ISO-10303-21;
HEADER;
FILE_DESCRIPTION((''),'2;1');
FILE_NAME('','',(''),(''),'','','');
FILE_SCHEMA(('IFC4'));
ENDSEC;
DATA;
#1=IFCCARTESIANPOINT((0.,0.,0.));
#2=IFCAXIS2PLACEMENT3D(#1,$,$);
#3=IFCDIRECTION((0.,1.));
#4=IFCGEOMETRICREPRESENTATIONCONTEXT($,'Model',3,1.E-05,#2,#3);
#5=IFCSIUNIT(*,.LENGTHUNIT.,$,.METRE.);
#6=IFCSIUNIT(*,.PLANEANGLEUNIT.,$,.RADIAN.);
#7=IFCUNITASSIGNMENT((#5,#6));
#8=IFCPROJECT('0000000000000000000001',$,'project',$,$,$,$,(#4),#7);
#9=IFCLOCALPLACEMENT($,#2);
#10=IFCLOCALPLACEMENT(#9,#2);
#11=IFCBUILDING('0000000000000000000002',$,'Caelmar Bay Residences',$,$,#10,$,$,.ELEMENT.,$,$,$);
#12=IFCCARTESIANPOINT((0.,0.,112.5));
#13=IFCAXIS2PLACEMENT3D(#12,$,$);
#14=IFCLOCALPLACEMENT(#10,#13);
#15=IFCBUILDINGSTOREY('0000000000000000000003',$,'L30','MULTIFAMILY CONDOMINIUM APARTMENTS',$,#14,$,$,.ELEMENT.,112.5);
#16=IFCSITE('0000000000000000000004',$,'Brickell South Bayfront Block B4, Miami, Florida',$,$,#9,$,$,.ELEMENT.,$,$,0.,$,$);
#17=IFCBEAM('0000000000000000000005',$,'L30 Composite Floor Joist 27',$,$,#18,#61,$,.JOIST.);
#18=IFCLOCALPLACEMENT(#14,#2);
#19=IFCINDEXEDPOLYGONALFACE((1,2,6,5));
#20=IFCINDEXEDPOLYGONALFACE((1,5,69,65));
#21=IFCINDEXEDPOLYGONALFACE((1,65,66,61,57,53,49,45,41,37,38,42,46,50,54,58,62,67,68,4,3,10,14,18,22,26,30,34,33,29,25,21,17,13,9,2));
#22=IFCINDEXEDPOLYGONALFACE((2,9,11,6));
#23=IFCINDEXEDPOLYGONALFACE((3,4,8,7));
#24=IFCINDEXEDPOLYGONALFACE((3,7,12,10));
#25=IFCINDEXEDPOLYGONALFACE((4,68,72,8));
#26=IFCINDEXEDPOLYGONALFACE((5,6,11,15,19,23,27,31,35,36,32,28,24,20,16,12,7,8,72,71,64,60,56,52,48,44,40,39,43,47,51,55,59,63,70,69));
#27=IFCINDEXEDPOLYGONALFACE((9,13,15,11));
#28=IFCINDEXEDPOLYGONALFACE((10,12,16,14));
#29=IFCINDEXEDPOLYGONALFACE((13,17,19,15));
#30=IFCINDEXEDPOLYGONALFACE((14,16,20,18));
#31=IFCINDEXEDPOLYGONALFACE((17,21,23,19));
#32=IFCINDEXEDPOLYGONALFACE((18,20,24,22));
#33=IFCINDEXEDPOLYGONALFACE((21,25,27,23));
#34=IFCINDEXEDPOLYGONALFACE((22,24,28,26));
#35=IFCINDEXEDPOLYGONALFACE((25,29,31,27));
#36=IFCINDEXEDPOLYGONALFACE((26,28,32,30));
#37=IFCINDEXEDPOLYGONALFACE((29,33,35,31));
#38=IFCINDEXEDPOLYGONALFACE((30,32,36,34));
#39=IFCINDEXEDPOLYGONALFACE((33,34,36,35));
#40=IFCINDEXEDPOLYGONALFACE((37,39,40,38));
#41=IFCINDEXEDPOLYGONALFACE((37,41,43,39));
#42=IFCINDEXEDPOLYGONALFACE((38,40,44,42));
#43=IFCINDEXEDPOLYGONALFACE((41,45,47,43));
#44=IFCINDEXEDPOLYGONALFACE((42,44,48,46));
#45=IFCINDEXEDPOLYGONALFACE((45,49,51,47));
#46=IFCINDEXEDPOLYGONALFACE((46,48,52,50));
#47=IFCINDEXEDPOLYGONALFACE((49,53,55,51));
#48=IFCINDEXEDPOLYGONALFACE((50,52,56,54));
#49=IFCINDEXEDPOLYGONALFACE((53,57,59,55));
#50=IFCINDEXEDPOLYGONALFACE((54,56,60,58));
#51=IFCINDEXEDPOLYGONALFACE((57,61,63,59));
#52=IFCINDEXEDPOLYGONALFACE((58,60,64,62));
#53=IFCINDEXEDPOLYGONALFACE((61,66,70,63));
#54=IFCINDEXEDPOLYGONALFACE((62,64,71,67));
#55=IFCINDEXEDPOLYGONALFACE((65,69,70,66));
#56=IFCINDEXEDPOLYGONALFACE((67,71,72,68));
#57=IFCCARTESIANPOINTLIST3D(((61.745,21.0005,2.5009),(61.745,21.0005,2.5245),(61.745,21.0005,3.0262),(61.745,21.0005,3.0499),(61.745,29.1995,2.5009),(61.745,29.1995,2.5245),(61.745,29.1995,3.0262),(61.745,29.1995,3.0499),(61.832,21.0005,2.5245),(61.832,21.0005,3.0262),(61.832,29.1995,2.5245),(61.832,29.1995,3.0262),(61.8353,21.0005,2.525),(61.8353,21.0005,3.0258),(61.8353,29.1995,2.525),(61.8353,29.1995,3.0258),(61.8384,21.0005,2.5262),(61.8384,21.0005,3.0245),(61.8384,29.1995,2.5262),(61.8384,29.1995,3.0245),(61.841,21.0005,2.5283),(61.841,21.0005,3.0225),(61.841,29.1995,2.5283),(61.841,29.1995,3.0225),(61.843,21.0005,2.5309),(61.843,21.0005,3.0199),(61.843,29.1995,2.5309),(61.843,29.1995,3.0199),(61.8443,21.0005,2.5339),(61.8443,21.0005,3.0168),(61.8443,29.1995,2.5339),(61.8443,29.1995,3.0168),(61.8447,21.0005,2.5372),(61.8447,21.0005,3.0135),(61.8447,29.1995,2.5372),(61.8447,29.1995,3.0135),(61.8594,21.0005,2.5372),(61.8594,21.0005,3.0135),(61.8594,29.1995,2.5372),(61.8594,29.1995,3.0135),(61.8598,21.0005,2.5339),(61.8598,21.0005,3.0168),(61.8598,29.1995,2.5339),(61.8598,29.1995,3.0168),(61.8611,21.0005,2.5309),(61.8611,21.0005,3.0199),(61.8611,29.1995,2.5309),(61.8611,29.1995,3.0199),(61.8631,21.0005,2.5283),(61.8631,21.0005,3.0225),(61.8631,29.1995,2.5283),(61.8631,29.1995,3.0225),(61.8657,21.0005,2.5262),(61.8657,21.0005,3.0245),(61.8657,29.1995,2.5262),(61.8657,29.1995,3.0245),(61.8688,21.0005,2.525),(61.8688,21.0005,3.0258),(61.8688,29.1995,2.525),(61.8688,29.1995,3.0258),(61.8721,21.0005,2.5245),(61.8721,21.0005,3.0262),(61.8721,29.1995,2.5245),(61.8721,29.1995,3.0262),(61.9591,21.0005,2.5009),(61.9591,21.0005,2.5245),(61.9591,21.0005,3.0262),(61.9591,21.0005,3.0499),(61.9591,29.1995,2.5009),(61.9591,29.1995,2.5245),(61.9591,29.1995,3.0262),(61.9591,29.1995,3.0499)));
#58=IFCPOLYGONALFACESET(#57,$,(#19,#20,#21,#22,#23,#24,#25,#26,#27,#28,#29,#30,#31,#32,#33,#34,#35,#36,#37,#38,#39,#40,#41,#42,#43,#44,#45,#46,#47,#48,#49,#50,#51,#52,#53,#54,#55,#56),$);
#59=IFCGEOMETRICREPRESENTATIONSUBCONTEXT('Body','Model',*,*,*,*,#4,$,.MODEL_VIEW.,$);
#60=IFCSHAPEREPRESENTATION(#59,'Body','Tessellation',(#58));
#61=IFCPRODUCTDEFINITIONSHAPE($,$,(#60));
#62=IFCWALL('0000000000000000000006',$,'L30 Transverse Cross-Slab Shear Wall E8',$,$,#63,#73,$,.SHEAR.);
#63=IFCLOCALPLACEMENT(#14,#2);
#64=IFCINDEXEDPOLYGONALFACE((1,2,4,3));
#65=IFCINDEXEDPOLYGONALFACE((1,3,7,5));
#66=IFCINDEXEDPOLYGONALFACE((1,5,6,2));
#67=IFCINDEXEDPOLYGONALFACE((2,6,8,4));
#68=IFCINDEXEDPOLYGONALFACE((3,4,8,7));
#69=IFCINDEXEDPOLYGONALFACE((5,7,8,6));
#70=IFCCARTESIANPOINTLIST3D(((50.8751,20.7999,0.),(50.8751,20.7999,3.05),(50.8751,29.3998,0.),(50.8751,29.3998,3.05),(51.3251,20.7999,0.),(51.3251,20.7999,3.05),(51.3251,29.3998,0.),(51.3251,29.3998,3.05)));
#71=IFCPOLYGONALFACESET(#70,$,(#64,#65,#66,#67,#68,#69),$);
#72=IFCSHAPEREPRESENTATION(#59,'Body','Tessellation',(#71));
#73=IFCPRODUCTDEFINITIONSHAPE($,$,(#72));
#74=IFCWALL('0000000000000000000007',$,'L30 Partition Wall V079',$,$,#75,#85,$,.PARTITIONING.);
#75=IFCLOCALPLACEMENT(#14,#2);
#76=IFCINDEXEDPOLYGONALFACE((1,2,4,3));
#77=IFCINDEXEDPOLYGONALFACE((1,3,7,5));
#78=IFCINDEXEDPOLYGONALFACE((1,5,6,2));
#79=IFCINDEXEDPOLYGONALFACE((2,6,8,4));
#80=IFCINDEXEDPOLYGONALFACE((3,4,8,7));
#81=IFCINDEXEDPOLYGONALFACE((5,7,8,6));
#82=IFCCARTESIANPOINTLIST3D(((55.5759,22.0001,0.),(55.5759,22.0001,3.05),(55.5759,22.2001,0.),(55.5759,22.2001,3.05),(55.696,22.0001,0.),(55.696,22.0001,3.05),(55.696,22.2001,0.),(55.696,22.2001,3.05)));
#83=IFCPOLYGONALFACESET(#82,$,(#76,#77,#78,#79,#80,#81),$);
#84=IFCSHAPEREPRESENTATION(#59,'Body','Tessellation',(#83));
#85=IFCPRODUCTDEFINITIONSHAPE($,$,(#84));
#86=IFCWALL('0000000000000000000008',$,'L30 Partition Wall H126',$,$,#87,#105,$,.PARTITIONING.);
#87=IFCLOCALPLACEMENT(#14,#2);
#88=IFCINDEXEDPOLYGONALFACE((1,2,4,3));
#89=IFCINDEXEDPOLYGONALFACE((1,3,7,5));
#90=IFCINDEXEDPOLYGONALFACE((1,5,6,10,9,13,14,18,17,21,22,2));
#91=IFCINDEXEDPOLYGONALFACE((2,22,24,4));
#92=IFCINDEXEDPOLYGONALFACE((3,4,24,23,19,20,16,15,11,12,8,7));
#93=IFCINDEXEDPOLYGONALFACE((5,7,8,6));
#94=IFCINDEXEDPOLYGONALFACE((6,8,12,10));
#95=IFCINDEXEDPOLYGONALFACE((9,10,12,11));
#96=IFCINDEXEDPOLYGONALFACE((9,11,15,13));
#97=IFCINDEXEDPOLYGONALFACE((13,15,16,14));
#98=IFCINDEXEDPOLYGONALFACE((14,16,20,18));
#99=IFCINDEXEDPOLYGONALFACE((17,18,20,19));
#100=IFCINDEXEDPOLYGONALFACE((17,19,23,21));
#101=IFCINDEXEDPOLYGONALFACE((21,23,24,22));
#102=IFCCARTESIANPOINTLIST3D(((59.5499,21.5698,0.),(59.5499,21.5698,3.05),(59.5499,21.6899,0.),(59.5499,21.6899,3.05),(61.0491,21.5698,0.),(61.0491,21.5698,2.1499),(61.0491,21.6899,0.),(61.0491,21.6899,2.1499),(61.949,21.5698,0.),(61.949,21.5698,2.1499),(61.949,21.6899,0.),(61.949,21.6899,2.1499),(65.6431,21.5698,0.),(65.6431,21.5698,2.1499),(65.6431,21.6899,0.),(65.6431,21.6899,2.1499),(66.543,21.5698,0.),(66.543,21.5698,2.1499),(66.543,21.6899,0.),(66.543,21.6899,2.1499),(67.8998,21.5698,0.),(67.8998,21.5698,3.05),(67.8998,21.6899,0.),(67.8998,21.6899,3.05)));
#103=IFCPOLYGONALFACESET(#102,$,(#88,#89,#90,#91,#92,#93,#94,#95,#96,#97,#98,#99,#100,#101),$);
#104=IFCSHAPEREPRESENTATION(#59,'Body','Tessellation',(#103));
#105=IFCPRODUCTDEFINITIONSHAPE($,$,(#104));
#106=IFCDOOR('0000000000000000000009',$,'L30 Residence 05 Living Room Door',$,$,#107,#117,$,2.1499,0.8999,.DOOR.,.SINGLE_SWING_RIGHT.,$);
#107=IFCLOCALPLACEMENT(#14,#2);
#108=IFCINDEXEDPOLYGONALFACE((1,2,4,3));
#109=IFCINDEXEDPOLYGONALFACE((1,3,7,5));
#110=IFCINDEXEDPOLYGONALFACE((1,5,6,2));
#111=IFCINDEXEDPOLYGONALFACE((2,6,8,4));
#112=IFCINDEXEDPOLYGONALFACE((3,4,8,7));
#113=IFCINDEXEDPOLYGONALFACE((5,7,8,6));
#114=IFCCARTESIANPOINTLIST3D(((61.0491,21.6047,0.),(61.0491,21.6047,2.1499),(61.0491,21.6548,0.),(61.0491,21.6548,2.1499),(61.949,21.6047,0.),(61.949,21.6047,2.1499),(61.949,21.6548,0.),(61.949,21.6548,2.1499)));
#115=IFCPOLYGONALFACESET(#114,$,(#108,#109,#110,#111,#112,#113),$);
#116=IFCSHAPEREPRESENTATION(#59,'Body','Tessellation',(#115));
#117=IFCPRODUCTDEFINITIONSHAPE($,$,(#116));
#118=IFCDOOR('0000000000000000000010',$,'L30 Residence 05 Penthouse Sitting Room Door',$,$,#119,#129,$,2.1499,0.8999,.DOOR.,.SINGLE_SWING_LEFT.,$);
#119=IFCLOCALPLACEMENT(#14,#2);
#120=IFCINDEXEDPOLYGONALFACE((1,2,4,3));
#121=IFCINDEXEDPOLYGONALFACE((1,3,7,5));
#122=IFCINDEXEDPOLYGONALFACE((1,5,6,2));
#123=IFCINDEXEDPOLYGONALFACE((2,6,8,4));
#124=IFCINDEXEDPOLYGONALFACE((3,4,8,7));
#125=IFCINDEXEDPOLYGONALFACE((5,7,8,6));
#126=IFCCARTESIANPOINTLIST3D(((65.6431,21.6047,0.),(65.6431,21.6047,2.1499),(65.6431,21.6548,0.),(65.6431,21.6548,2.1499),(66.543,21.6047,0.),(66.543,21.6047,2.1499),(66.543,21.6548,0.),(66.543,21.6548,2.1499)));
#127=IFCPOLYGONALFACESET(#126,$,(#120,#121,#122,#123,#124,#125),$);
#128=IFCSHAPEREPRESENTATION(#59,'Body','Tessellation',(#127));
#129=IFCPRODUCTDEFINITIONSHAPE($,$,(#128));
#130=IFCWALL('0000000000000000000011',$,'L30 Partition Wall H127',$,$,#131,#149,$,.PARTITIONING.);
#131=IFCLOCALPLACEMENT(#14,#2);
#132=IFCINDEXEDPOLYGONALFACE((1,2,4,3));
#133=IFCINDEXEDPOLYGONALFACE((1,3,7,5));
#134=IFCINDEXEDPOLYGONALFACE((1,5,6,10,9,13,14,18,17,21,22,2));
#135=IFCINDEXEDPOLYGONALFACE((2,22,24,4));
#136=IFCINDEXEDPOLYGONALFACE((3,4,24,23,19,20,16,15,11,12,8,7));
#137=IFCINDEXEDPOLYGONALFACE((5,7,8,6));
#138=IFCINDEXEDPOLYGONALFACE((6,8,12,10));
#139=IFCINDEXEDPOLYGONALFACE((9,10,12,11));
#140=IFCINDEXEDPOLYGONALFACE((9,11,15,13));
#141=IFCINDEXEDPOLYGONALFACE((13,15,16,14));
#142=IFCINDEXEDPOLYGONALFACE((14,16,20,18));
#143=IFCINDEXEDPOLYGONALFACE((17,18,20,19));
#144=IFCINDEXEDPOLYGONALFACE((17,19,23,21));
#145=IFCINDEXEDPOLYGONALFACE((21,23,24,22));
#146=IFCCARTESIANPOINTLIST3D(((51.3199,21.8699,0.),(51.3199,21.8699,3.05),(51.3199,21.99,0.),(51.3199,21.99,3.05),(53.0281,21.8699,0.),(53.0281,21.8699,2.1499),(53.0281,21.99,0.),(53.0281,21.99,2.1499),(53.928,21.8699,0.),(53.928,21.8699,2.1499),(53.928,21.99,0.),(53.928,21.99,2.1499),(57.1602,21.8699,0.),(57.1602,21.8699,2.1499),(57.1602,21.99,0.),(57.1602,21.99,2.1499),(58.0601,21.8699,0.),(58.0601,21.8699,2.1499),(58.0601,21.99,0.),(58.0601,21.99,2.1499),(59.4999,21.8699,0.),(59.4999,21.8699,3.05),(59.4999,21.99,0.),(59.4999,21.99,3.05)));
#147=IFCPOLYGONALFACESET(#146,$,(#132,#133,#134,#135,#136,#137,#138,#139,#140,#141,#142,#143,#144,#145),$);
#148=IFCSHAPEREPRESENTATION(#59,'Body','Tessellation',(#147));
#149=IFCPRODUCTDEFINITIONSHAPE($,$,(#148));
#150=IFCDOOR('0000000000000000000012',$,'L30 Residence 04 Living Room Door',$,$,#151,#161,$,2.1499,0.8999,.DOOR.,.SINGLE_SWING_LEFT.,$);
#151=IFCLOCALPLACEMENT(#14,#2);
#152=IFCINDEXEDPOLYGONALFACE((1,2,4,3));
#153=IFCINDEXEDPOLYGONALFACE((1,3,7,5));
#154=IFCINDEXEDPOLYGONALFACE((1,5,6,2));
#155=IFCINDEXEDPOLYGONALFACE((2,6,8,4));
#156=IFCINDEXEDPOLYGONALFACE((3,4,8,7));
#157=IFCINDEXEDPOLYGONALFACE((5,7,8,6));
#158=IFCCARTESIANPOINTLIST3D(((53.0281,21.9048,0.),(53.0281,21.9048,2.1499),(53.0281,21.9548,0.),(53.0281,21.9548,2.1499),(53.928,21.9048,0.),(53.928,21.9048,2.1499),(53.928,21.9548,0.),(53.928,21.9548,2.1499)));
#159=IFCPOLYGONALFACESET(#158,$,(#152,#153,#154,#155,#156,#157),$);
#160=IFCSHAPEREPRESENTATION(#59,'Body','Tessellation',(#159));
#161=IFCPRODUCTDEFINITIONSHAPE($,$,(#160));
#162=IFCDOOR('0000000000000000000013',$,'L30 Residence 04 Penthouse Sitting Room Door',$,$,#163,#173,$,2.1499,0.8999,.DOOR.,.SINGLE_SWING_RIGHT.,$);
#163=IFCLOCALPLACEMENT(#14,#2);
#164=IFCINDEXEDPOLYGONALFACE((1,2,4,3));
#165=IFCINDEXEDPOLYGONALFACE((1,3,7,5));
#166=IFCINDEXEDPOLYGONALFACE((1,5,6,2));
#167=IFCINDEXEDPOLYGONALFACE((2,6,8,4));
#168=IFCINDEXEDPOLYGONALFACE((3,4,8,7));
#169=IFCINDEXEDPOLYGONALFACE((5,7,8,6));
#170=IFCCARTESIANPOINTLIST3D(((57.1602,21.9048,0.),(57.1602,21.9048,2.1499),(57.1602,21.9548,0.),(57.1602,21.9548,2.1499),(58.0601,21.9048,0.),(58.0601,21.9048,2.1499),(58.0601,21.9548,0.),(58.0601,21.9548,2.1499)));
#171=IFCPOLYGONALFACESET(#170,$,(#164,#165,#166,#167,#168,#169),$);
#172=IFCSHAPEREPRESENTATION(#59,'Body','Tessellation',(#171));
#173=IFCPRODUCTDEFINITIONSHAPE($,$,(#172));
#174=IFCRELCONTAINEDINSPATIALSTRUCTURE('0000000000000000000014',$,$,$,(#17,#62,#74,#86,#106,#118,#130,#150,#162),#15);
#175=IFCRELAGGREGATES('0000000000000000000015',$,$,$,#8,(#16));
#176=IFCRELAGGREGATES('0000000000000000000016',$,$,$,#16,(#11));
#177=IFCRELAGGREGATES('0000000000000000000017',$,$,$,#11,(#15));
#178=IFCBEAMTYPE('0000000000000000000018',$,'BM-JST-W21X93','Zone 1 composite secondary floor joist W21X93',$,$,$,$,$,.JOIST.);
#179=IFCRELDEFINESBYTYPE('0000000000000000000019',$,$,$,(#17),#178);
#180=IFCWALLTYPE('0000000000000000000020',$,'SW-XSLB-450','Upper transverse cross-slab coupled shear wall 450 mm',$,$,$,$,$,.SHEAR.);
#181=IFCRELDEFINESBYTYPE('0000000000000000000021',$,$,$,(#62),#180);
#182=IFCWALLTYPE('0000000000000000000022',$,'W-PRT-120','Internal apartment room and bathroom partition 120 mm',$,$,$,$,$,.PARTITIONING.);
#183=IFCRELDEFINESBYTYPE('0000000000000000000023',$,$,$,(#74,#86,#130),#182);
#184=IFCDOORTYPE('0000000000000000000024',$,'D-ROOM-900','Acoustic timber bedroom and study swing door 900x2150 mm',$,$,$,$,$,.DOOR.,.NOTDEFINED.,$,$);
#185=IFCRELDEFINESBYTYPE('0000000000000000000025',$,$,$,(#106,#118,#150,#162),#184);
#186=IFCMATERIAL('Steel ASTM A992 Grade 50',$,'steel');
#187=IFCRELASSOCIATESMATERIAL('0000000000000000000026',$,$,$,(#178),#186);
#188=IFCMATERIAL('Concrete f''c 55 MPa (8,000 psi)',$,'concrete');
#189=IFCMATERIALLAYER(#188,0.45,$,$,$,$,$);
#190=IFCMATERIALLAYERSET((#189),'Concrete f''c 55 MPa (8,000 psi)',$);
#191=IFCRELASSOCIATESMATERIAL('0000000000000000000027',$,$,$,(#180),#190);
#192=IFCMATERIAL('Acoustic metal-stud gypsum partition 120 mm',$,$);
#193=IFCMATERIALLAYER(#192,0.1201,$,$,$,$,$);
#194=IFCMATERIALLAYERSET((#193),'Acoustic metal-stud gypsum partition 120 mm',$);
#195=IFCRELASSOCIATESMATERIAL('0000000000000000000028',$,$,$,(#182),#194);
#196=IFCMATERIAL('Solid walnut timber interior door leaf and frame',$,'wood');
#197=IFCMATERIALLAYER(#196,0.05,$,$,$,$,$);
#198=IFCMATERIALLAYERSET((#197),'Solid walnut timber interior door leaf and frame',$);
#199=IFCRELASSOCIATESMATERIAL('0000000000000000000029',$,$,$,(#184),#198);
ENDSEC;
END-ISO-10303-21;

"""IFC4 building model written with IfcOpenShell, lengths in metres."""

from ifc_helpers import new_model, si_unit, direction, frame, frame_2d, origin, origin_2d, place, context, subcontext, project, spatial, rectangle, i_section, extrude, material, layer, layer_set, material_profile, profile_set, type_object, element, fill, save


model = new_model("IFC4")

# Units and contexts
model_context = context("Model", 3, precision=1e-05, world=origin(), true_north=direction((0.0, 1.0)))
body_context = subcontext(model_context, "Body", "Model", "MODEL_VIEW")
ifc_project = project(units=[si_unit("LENGTHUNIT", "METRE"), si_unit("PLANEANGLEUNIT", "RADIAN")], contexts=[model_context])

# Site, building, storey
site_placement = place(None, origin())
site = spatial("IfcSite", under=ifc_project, at=site_placement, Name="Brickell South Bayfront Block B4, Miami, Florida", CompositionType="ELEMENT", RefElevation=0.0)
building_placement = place(site_placement, origin())
building = spatial("IfcBuilding", under=site, at=building_placement, Name="Caelmar Bay Residences", CompositionType="ELEMENT")
storey_placement = place(building_placement, frame((0.0, 0.0, 112.5)))
storey = spatial("IfcBuildingStorey", under=building, at=storey_placement, Name="L30", Description="MULTIFAMILY CONDOMINIUM APARTMENTS", CompositionType="ELEMENT", Elevation=112.5)

# Beam
ifc_material_1 = material(Name="Steel ASTM A992 Grade 50", Category="steel")
ifc_material_profile_1 = material_profile(ifc_material_1, i_section(OverallWidth=0.2141, OverallDepth=0.5491, WebThickness=0.0146, FlangeThickness=0.0237, FilletRadius=0.0127, at=origin_2d()), Name="W21X93")
ifc_profile_set_1 = profile_set([ifc_material_profile_1], Name="Steel ASTM A992 Grade 50")
beam_type_1 = type_object("IfcBeamType", Name="BM-JST-W21X93", Description="Zone 1 composite secondary floor joist W21X93", PredefinedType="JOIST", material=ifc_profile_set_1)
for number, where, z_axis, x_axis, name in (
    (1, (61.8521, 21.0005, 2.7754), (0.0, 1.0, 0.0), (-1.0, 0.0, 0.0), "L30 Composite Floor Joist 27"),
):
    element("IfcBeam", number, at=place(storey_placement, frame(where, z_axis=z_axis, x_axis=x_axis)), inside=storey, type_object=beam_type_1, Name=name, PredefinedType="JOIST", context=body_context, shape_type="SweptSolid", body=[
        extrude(i_section(OverallWidth=0.2141, OverallDepth=0.5491, WebThickness=0.0146, FlangeThickness=0.0237, FilletRadius=0.0127, at=origin_2d()), origin(), (0.0, 0.0, 1.0), 8.199),
    ])

# Walls
ifc_material_2 = material(Name="Concrete f'c 55 MPa (8,000 psi)", Category="concrete")
ifc_layer_1 = layer(ifc_material_2, 0.45)
ifc_layer_set_1 = layer_set([ifc_layer_1], Name="Concrete f'c 55 MPa (8,000 psi)")
wall_type_1 = type_object("IfcWallType", Name="SW-XSLB-450", Description="Upper transverse cross-slab coupled shear wall 450 mm", PredefinedType="SHEAR", material=ifc_layer_set_1)
wall_1_placement = place(storey_placement, frame((51.1001, 20.8, 0.0), z_axis=(0.0, 0.0, 1.0), x_axis=(0.0, 1.0, 0.0)))
element("IfcWall", 2, at=wall_1_placement, inside=storey, type_object=wall_type_1, Name="L30 Transverse Cross-Slab Shear Wall E8", PredefinedType="SHEAR", context=body_context, shape_type="SweptSolid", body=[
    extrude(rectangle(XDim=8.5999, YDim=0.45, at=frame_2d((4.2998, 0.0))), origin(), (0.0, 0.0, 1.0), 3.05),
])
ifc_material_3 = material(Name="Acoustic metal-stud gypsum partition 120 mm")
ifc_layer_2 = layer(ifc_material_3, 0.1201)
ifc_layer_set_2 = layer_set([ifc_layer_2], Name="Acoustic metal-stud gypsum partition 120 mm")
wall_type_2 = type_object("IfcWallType", Name="W-PRT-120", Description="Internal apartment room and bathroom partition 120 mm", PredefinedType="PARTITIONING", material=ifc_layer_set_2)
wall_2_placement = place(storey_placement, frame((55.636, 22.0, 0.0), z_axis=(0.0, 0.0, 1.0), x_axis=(0.0, 1.0, 0.0)))
element("IfcWall", 3, at=wall_2_placement, inside=storey, type_object=wall_type_2, Name="L30 Partition Wall V079", PredefinedType="PARTITIONING", context=body_context, shape_type="SweptSolid", body=[
    extrude(rectangle(XDim=0.2, YDim=0.1201, at=frame_2d((0.1001, 0.0))), origin(), (0.0, 0.0, 1.0), 3.05),
])

# Walls, openings, doors
wall_3_placement = place(storey_placement, frame((59.55, 21.6299, 0.0), z_axis=(0.0, 0.0, 1.0), x_axis=(1.0, 0.0, 0.0)))
wall_3 = element("IfcWall", 4, at=wall_3_placement, inside=storey, type_object=wall_type_2, Name="L30 Partition Wall H126", PredefinedType="PARTITIONING", context=body_context, shape_type="SweptSolid", body=[
    extrude(rectangle(XDim=8.3499, YDim=0.1201, at=frame_2d((4.1748, 0.0))), origin(), (0.0, 0.0, 1.0), 3.05),
])
opening_1_placement = place(wall_3_placement, frame((1.499, 0.0, 0.0)))
opening_1 = element("IfcOpeningElement", 5, at=opening_1_placement, cuts=wall_3, PredefinedType="OPENING", context=body_context, shape_type="SweptSolid", body=[
    extrude(rectangle(XDim=0.8999, YDim=2.1499, at=frame_2d((0.45, 1.075))), frame((0.0, 0.0701, 0.0), z_axis=(0.0, -1.0, 0.0), x_axis=(1.0, 0.0, 0.0)), (0.0, 0.0, 1.0), 0.1401),
])
opening_2_placement = place(wall_3_placement, frame((6.093, 0.0, 0.0)))
opening_2 = element("IfcOpeningElement", 6, at=opening_2_placement, cuts=wall_3, PredefinedType="OPENING", context=body_context, shape_type="SweptSolid", body=[
    extrude(rectangle(XDim=0.8999, YDim=2.1499, at=frame_2d((0.45, 1.075))), frame((0.0, 0.0701, 0.0), z_axis=(0.0, -1.0, 0.0), x_axis=(1.0, 0.0, 0.0)), (0.0, 0.0, 1.0), 0.1401),
])
ifc_material_4 = material(Name="Solid walnut timber interior door leaf and frame", Category="wood")
ifc_layer_3 = layer(ifc_material_4, 0.05)
ifc_layer_set_3 = layer_set([ifc_layer_3], Name="Solid walnut timber interior door leaf and frame")
door_type = type_object("IfcDoorType", Name="D-ROOM-900", Description="Acoustic timber bedroom and study swing door 900x2150 mm", OperationType="NOTDEFINED", PredefinedType="DOOR", material=ifc_layer_set_3)
door_1_placement = place(opening_1_placement, origin())
door_1 = element("IfcDoor", 7, at=door_1_placement, inside=storey, type_object=door_type, Name="L30 Residence 05 Living Room Door", OperationType="SINGLE_SWING_RIGHT", OverallHeight=2.1499, OverallWidth=0.8999, PredefinedType="DOOR", context=body_context, shape_type="SweptSolid", body=[
    extrude(rectangle(XDim=0.8999, YDim=2.1499, at=frame_2d((0.45, 1.075))), frame((0.0, 0.0249, 0.0), z_axis=(0.0, -1.0, 0.0), x_axis=(1.0, 0.0, 0.0)), (0.0, 0.0, 1.0), 0.05),
])
fill(opening_1, door_1)
door_2_placement = place(opening_2_placement, origin())
door_2 = element("IfcDoor", 8, at=door_2_placement, inside=storey, type_object=door_type, Name="L30 Residence 05 Penthouse Sitting Room Door", OperationType="SINGLE_SWING_LEFT", OverallHeight=2.1499, OverallWidth=0.8999, PredefinedType="DOOR", context=body_context, shape_type="SweptSolid", body=[
    extrude(rectangle(XDim=0.8999, YDim=2.1499, at=frame_2d((0.45, 1.075))), frame((0.0, 0.0249, 0.0), z_axis=(0.0, -1.0, 0.0), x_axis=(1.0, 0.0, 0.0)), (0.0, 0.0, 1.0), 0.05),
])
fill(opening_2, door_2)
wall_4_placement = place(storey_placement, frame((51.3201, 21.9299, 0.0), z_axis=(0.0, 0.0, 1.0), x_axis=(1.0, 0.0, 0.0)))
wall_4 = element("IfcWall", 9, at=wall_4_placement, inside=storey, type_object=wall_type_2, Name="L30 Partition Wall H127", PredefinedType="PARTITIONING", context=body_context, shape_type="SweptSolid", body=[
    extrude(rectangle(XDim=8.1799, YDim=0.1201, at=frame_2d((4.0898, 0.0))), origin(), (0.0, 0.0, 1.0), 3.05),
])
opening_3_placement = place(wall_4_placement, frame((1.708, 0.0, 0.0)))
opening_3 = element("IfcOpeningElement", 10, at=opening_3_placement, cuts=wall_4, PredefinedType="OPENING", context=body_context, shape_type="SweptSolid", body=[
    extrude(rectangle(XDim=0.8999, YDim=2.1499, at=frame_2d((0.45, 1.075))), frame((0.0, 0.0701, 0.0), z_axis=(0.0, -1.0, 0.0), x_axis=(1.0, 0.0, 0.0)), (0.0, 0.0, 1.0), 0.1401),
])
opening_4_placement = place(wall_4_placement, frame((5.8401, 0.0, 0.0)))
opening_4 = element("IfcOpeningElement", 11, at=opening_4_placement, cuts=wall_4, PredefinedType="OPENING", context=body_context, shape_type="SweptSolid", body=[
    extrude(rectangle(XDim=0.8999, YDim=2.1499, at=frame_2d((0.45, 1.075))), frame((0.0, 0.0701, 0.0), z_axis=(0.0, -1.0, 0.0), x_axis=(1.0, 0.0, 0.0)), (0.0, 0.0, 1.0), 0.1401),
])
door_3_placement = place(opening_3_placement, origin())
door_3 = element("IfcDoor", 12, at=door_3_placement, inside=storey, type_object=door_type, Name="L30 Residence 04 Living Room Door", OperationType="SINGLE_SWING_LEFT", OverallHeight=2.1499, OverallWidth=0.8999, PredefinedType="DOOR", context=body_context, shape_type="SweptSolid", body=[
    extrude(rectangle(XDim=0.8999, YDim=2.1499, at=frame_2d((0.45, 1.075))), frame((0.0, 0.0249, 0.0), z_axis=(0.0, -1.0, 0.0), x_axis=(1.0, 0.0, 0.0)), (0.0, 0.0, 1.0), 0.05),
])
fill(opening_3, door_3)
door_4_placement = place(opening_4_placement, origin())
door_4 = element("IfcDoor", 13, at=door_4_placement, inside=storey, type_object=door_type, Name="L30 Residence 04 Penthouse Sitting Room Door", OperationType="SINGLE_SWING_RIGHT", OverallHeight=2.1499, OverallWidth=0.8999, PredefinedType="DOOR", context=body_context, shape_type="SweptSolid", body=[
    extrude(rectangle(XDim=0.8999, YDim=2.1499, at=frame_2d((0.45, 1.075))), frame((0.0, 0.0249, 0.0), z_axis=(0.0, -1.0, 0.0), x_axis=(1.0, 0.0, 0.0)), (0.0, 0.0, 1.0), 0.05),
])
fill(opening_4, door_4)

save(model, "model.ifc")
